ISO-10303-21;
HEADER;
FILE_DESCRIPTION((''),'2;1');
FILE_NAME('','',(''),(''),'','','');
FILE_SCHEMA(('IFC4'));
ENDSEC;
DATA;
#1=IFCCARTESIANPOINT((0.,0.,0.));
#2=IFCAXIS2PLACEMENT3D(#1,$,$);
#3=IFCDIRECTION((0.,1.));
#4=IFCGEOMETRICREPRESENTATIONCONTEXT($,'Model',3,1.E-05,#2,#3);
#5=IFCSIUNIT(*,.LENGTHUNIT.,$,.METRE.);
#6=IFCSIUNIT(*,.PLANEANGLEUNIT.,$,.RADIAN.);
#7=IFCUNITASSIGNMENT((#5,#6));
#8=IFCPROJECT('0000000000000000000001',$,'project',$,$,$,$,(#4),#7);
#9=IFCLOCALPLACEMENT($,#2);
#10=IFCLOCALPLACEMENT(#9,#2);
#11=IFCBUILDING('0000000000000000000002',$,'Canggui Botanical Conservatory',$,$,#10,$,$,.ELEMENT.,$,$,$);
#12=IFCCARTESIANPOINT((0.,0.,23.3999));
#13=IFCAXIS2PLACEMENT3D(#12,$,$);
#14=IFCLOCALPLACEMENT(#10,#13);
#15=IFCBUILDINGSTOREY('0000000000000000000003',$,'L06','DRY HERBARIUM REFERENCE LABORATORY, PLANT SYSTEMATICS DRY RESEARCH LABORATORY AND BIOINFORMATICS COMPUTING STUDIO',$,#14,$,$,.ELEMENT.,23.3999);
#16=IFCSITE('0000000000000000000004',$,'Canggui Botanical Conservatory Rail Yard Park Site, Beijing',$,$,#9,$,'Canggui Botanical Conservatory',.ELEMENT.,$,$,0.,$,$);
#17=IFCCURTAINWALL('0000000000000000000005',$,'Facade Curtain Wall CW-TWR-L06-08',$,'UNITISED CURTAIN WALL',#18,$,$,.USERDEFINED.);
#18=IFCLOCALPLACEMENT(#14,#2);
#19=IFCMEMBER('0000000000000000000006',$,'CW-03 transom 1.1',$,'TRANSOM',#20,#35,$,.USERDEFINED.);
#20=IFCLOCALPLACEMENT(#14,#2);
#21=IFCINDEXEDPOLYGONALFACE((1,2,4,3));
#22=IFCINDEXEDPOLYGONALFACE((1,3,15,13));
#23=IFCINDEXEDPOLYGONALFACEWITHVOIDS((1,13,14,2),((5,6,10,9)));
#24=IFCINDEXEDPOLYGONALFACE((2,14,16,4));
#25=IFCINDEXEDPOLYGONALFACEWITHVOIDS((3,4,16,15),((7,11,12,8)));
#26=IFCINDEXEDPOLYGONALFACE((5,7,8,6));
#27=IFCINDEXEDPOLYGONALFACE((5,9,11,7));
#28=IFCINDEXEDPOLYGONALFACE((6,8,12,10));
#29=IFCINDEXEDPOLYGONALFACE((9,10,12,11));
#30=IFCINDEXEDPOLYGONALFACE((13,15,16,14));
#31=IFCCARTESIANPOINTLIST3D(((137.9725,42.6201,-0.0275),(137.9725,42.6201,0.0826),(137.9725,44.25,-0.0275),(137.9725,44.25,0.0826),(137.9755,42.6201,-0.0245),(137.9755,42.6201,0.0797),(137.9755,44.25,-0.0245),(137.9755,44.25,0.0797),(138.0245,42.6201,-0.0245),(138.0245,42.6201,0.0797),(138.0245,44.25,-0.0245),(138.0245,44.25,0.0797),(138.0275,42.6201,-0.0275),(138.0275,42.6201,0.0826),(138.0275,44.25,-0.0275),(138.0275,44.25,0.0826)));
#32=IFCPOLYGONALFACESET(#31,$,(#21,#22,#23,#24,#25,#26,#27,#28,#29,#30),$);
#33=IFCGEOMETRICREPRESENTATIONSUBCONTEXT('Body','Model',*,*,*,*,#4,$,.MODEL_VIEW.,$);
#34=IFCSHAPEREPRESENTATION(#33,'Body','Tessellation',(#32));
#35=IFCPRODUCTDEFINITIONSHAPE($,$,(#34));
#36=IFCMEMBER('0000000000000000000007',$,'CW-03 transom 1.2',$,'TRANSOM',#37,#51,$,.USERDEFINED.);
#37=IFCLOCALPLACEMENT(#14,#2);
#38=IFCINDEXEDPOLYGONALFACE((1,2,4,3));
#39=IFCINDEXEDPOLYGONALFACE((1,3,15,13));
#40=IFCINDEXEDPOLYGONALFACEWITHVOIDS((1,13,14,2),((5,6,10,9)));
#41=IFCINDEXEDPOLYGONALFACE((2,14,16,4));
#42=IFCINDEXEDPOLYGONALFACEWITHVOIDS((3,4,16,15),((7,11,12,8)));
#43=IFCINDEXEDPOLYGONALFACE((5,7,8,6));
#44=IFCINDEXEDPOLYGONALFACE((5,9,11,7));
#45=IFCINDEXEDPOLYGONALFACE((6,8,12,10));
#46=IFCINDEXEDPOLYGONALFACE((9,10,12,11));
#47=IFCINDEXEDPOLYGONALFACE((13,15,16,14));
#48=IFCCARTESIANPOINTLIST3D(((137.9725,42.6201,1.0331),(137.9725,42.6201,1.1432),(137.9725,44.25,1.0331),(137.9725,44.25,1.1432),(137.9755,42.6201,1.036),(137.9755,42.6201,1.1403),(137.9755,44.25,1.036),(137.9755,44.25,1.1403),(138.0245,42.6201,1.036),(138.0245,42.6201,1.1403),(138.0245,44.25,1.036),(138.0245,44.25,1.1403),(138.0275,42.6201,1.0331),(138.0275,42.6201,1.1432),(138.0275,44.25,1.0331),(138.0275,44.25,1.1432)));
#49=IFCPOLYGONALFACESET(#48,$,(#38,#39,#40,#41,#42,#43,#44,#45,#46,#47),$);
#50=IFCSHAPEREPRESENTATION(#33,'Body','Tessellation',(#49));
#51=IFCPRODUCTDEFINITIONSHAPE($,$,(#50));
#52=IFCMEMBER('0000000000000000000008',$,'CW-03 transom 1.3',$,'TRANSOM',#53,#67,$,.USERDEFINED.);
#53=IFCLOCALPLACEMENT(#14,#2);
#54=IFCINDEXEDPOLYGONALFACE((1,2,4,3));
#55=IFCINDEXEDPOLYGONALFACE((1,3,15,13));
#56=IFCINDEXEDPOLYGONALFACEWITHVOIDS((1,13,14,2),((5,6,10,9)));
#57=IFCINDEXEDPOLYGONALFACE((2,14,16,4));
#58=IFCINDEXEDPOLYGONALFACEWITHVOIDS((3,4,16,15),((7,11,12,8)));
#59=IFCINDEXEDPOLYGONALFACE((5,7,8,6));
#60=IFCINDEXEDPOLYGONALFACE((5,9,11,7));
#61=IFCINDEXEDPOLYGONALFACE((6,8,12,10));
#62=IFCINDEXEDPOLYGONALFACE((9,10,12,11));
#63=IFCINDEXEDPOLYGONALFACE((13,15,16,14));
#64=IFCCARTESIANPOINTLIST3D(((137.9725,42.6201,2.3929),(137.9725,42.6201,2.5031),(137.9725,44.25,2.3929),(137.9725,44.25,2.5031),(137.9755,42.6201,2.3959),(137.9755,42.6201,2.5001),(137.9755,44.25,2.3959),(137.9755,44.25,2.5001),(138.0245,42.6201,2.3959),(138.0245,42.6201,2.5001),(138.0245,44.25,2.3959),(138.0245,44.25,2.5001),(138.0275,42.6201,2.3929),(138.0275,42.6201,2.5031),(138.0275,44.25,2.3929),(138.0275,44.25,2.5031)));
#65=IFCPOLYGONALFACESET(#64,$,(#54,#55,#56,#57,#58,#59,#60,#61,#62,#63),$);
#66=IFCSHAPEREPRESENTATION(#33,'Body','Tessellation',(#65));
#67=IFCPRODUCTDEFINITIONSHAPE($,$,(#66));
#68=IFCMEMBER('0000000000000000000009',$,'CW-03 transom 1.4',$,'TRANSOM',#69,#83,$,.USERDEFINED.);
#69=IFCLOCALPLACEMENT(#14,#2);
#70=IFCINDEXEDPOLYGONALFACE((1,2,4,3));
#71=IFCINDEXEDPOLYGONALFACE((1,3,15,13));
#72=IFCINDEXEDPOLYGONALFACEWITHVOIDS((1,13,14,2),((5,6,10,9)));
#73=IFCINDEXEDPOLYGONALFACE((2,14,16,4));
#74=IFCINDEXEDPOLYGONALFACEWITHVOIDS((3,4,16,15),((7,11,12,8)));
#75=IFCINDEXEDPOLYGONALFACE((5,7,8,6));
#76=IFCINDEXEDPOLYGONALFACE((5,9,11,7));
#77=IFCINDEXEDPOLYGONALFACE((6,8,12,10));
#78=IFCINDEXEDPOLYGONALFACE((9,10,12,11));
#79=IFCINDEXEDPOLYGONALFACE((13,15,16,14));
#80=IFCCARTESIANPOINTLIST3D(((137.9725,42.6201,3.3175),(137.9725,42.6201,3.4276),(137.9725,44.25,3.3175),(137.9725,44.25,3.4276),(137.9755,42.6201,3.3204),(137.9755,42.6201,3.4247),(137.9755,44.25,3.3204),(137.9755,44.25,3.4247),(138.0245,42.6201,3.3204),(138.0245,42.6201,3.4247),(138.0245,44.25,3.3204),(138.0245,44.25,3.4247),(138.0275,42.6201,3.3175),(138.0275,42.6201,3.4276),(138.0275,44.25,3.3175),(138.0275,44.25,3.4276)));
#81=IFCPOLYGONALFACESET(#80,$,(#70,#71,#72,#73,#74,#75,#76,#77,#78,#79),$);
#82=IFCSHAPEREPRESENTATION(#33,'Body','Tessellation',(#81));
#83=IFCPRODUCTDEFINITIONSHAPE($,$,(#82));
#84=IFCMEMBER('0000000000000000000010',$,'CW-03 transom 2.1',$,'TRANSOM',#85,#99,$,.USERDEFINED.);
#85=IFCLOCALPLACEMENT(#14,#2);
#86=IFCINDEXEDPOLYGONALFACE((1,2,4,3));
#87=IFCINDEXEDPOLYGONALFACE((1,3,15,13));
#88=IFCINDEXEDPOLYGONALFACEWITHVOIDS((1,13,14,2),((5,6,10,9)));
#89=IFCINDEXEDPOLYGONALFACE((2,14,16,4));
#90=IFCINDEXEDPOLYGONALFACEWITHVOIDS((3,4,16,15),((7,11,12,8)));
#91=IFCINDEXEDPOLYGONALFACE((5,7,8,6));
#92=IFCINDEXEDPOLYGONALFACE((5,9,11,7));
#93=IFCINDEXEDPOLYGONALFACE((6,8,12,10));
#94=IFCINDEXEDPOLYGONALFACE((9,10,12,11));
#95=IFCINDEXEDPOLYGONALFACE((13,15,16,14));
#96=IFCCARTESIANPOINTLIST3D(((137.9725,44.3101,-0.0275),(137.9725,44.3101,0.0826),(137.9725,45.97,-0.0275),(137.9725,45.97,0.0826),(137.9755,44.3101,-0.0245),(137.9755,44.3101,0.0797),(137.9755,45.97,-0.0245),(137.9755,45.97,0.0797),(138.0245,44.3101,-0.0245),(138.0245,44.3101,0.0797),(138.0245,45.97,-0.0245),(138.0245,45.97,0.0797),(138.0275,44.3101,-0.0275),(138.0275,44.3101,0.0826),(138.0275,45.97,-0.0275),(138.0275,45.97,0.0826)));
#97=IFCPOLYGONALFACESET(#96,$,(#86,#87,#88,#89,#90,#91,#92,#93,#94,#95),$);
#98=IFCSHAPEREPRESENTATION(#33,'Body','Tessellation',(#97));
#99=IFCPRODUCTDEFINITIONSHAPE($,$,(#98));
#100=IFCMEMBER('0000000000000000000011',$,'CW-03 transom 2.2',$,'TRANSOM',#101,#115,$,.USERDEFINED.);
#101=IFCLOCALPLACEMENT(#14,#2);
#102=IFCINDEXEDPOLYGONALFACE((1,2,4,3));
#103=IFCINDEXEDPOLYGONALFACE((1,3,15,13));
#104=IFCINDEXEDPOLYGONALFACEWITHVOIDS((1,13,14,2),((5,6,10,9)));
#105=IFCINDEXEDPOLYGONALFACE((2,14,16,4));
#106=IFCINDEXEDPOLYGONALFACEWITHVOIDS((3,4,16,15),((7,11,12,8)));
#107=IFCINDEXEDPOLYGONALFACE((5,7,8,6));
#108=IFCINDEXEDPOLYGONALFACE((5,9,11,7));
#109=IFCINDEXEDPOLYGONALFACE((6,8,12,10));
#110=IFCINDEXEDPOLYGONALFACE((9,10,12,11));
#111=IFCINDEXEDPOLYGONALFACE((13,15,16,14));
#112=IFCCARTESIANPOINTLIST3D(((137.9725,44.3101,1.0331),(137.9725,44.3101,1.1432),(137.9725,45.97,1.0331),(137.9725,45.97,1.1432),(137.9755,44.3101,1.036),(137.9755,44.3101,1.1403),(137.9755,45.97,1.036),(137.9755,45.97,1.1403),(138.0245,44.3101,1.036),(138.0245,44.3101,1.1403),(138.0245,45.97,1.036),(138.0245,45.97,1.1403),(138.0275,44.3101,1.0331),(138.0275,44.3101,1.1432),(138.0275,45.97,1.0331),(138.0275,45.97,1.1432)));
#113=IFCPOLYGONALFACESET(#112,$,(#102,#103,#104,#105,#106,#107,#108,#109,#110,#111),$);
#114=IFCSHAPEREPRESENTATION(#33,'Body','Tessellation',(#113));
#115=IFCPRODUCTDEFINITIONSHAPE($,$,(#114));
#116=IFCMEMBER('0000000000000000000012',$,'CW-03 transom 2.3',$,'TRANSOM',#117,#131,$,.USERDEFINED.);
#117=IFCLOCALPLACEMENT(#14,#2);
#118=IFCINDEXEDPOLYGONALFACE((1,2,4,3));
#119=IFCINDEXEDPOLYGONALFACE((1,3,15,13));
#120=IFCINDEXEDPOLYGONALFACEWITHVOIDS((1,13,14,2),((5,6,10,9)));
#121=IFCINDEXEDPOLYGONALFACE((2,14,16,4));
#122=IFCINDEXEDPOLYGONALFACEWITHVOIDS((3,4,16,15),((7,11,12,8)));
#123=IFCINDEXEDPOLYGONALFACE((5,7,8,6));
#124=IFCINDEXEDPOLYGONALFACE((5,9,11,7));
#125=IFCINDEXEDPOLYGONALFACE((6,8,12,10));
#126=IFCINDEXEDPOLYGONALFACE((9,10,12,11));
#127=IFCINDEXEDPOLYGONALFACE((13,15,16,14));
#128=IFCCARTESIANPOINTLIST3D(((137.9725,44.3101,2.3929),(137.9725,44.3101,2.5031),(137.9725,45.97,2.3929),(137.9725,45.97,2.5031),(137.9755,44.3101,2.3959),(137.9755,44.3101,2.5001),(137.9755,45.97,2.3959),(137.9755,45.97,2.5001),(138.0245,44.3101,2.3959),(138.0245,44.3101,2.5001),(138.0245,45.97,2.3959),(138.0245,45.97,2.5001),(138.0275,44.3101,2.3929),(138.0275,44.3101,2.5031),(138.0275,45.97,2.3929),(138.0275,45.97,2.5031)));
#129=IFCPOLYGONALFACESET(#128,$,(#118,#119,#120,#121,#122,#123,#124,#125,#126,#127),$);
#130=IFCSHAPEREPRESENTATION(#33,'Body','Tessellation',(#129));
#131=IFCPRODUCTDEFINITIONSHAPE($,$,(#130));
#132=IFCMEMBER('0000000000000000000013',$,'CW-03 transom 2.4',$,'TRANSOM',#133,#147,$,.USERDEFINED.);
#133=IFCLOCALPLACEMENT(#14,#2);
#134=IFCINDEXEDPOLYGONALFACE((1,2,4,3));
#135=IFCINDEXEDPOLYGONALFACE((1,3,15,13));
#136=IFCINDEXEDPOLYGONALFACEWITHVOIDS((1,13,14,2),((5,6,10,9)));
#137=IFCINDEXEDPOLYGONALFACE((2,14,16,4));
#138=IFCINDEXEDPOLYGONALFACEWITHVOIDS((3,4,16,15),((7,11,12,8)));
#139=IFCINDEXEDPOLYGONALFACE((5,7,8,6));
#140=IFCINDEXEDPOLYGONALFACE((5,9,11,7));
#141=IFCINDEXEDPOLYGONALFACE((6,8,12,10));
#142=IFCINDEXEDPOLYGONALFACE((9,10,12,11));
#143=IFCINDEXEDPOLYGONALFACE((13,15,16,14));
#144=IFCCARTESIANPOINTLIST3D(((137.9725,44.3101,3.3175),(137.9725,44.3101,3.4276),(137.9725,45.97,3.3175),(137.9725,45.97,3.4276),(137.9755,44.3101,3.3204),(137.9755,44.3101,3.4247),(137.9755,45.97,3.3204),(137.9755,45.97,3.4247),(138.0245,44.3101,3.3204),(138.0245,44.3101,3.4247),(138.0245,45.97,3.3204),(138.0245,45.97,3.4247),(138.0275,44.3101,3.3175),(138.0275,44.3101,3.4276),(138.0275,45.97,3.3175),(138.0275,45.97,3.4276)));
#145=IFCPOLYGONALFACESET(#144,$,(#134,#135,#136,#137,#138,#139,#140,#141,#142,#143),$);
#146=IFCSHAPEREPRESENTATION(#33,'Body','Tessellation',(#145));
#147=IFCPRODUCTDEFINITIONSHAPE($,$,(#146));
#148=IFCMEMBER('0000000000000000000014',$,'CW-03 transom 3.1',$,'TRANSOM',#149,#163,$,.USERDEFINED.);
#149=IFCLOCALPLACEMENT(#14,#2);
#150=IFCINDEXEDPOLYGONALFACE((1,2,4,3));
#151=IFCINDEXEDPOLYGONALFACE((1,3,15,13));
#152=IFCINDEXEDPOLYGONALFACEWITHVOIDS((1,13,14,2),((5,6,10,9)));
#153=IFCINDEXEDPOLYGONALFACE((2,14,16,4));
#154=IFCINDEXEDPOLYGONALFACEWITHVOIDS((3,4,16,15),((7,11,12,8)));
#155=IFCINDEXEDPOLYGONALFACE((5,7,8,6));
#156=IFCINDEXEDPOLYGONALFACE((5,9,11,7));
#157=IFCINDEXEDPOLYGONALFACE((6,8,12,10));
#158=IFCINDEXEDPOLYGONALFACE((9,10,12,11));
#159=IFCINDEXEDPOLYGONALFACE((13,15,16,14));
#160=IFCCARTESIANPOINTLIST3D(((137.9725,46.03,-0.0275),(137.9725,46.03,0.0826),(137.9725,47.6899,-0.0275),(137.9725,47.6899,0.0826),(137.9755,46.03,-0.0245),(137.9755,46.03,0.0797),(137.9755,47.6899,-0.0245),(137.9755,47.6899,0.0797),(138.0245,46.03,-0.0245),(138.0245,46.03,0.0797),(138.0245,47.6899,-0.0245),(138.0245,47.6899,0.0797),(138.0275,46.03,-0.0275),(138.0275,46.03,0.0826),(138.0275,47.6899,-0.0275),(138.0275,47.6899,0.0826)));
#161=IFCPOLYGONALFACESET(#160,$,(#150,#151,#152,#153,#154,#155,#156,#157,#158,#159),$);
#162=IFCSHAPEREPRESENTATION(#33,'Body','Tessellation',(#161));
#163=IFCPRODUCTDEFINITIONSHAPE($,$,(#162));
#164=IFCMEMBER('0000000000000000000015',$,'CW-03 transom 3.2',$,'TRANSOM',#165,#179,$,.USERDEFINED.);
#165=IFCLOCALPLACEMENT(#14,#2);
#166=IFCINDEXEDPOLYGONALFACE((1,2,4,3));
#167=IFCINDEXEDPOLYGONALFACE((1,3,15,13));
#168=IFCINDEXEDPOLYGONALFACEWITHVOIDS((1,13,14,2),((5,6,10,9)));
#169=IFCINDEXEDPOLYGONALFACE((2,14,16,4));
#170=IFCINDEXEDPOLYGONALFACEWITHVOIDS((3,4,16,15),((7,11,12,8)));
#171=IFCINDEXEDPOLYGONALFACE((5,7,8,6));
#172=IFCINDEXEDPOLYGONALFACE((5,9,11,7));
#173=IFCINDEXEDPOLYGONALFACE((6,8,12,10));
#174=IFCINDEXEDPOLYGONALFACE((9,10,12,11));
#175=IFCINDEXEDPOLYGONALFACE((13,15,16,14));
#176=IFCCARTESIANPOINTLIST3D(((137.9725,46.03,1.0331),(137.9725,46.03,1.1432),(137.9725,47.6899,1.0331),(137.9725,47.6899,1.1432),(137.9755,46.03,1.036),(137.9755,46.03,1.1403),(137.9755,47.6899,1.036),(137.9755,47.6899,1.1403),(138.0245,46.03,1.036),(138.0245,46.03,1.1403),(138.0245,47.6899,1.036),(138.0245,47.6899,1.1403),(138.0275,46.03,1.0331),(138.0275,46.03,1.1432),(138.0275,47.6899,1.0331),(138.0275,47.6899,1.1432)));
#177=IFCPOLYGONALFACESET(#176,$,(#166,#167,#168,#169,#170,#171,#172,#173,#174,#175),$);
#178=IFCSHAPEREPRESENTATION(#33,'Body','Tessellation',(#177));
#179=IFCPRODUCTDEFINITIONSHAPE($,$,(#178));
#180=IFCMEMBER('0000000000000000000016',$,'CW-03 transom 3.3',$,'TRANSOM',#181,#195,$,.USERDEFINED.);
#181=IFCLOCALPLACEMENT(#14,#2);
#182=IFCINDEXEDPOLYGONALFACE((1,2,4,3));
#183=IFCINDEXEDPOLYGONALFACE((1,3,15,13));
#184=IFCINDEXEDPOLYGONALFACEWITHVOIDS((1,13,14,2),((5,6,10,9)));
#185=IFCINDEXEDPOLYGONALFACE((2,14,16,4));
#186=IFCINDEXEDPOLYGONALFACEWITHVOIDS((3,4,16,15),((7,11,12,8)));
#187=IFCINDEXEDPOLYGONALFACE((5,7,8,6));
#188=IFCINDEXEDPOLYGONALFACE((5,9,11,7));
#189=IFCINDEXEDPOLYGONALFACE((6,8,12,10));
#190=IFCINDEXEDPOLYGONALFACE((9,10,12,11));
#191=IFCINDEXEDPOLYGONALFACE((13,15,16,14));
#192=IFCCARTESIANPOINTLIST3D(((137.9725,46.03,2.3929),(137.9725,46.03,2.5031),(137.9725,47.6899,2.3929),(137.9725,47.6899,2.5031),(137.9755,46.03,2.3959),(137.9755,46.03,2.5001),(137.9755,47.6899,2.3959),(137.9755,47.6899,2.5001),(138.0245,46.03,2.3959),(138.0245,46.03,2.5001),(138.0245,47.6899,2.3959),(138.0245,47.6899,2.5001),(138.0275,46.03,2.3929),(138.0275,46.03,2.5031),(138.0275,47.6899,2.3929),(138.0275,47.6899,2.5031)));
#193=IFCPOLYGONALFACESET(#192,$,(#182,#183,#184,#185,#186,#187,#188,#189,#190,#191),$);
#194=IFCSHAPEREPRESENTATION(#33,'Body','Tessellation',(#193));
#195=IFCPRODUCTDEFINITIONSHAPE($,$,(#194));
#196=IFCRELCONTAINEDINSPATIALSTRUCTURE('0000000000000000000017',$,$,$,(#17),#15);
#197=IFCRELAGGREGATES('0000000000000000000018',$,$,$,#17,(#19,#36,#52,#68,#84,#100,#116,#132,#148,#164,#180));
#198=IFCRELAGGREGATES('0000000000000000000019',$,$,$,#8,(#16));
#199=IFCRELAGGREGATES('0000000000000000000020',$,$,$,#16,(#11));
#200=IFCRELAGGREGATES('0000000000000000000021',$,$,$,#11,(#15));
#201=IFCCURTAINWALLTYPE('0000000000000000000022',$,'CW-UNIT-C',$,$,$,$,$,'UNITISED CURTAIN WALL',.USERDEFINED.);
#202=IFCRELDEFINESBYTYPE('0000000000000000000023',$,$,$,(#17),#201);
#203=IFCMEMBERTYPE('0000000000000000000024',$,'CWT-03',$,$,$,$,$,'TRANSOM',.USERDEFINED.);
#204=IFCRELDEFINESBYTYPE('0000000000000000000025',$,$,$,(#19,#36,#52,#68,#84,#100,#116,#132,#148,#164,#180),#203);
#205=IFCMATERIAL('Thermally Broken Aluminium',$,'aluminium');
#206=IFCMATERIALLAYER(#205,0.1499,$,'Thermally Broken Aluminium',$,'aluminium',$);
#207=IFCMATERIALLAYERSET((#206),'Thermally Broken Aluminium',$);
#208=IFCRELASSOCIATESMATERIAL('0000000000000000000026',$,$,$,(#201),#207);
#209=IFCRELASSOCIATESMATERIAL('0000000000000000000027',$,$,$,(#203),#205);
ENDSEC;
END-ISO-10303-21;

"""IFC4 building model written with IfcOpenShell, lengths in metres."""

from ifc_helpers import new_model, si_unit, direction, frame, origin, origin_2d, place, context, subcontext, project, spatial, hollow_rectangle, extrude, material, layer, layer_set, material_profile, profile_set, type_object, element, aggregate, save


model = new_model("IFC4")

# Units and contexts
model_context = context("Model", 3, precision=1e-05, world=origin(), true_north=direction((0.0, 1.0)))
body_context = subcontext(model_context, "Body", "Model", "MODEL_VIEW")
ifc_project = project(units=[si_unit("LENGTHUNIT", "METRE"), si_unit("PLANEANGLEUNIT", "RADIAN")], contexts=[model_context])

# Site, building, storey
site_placement = place(None, origin())
site = spatial("IfcSite", under=ifc_project, at=site_placement, Name="Canggui Botanical Conservatory Rail Yard Park Site, Beijing", LongName="Canggui Botanical Conservatory", CompositionType="ELEMENT", RefElevation=0.0)
building_placement = place(site_placement, origin())
building = spatial("IfcBuilding", under=site, at=building_placement, Name="Canggui Botanical Conservatory", CompositionType="ELEMENT")
storey_placement = place(building_placement, frame((0.0, 0.0, 23.3999)))
storey = spatial("IfcBuildingStorey", under=building, at=storey_placement, Name="L06", Description="DRY HERBARIUM REFERENCE LABORATORY, PLANT SYSTEMATICS DRY RESEARCH LABORATORY AND BIOINFORMATICS COMPUTING STUDIO", CompositionType="ELEMENT", Elevation=23.3999)

# Curtain wall
ifc_material_1 = material(Name="Thermally Broken Aluminium", Category="aluminium")
ifc_layer_1 = layer(ifc_material_1, 0.1499, Name="Thermally Broken Aluminium", Category="aluminium")
ifc_layer_set_1 = layer_set([ifc_layer_1], Name="Thermally Broken Aluminium")
curtain_wall_type = type_object("IfcCurtainWallType", Name="CW-UNIT-C", ElementType="UNITISED CURTAIN WALL", PredefinedType="USERDEFINED", material=ifc_layer_set_1)
curtain_wall_1_placement = place(storey_placement, origin())
curtain_wall_1 = element("IfcCurtainWall", 1, at=curtain_wall_1_placement, inside=storey, type_object=curtain_wall_type, Name="Facade Curtain Wall CW-TWR-L06-08", ObjectType="UNITISED CURTAIN WALL", PredefinedType="USERDEFINED")
ifc_material_profile_1 = material_profile(ifc_material_1, hollow_rectangle(XDim=0.0549, YDim=0.1101, WallThickness=0.0029, at=origin_2d()), Name="CWT 55x110x3")
ifc_profile_set_1 = profile_set([ifc_material_profile_1], Name="Thermally Broken Aluminium")
member_type_1 = type_object("IfcMemberType", Name="CWT-03", ElementType="TRANSOM", PredefinedType="USERDEFINED", material=ifc_profile_set_1)

# Members
member_1_placement = place(storey_placement, frame((138.0, 42.6201, 0.0276), z_axis=(0.0, 1.0, 0.0), x_axis=(-1.0, 0.0, 0.0)))
member_1 = element("IfcMember", 2, at=member_1_placement, type_object=member_type_1, Name="CW-03 transom 1.1", ObjectType="TRANSOM", PredefinedType="USERDEFINED", context=body_context, shape_type="SweptSolid", body=[
    extrude(hollow_rectangle(XDim=0.0549, YDim=0.1101, WallThickness=0.0029, at=origin_2d()), origin(), (0.0, 0.0, 1.0), 1.6299),
])
member_2_placement = place(storey_placement, frame((138.0, 42.6201, 1.0881), z_axis=(0.0, 1.0, 0.0), x_axis=(-1.0, 0.0, 0.0)))
member_2 = element("IfcMember", 3, at=member_2_placement, type_object=member_type_1, Name="CW-03 transom 1.2", ObjectType="TRANSOM", PredefinedType="USERDEFINED", context=body_context, shape_type="SweptSolid", body=[
    extrude(hollow_rectangle(XDim=0.0549, YDim=0.1101, WallThickness=0.0029, at=origin_2d()), origin(), (0.0, 0.0, 1.0), 1.6299),
])
member_3_placement = place(storey_placement, frame((138.0, 42.6201, 2.448), z_axis=(0.0, 1.0, 0.0), x_axis=(-1.0, 0.0, 0.0)))
member_3 = element("IfcMember", 4, at=member_3_placement, type_object=member_type_1, Name="CW-03 transom 1.3", ObjectType="TRANSOM", PredefinedType="USERDEFINED", context=body_context, shape_type="SweptSolid", body=[
    extrude(hollow_rectangle(XDim=0.0549, YDim=0.1101, WallThickness=0.0029, at=origin_2d()), origin(), (0.0, 0.0, 1.0), 1.6299),
])
member_4_placement = place(storey_placement, frame((138.0, 42.6201, 3.3726), z_axis=(0.0, 1.0, 0.0), x_axis=(-1.0, 0.0, 0.0)))
member_4 = element("IfcMember", 5, at=member_4_placement, type_object=member_type_1, Name="CW-03 transom 1.4", ObjectType="TRANSOM", PredefinedType="USERDEFINED", context=body_context, shape_type="SweptSolid", body=[
    extrude(hollow_rectangle(XDim=0.0549, YDim=0.1101, WallThickness=0.0029, at=origin_2d()), origin(), (0.0, 0.0, 1.0), 1.6299),
])
member_5_placement = place(storey_placement, frame((138.0, 44.3101, 0.0276), z_axis=(0.0, 1.0, 0.0), x_axis=(-1.0, 0.0, 0.0)))
member_5 = element("IfcMember", 6, at=member_5_placement, type_object=member_type_1, Name="CW-03 transom 2.1", ObjectType="TRANSOM", PredefinedType="USERDEFINED", context=body_context, shape_type="SweptSolid", body=[
    extrude(hollow_rectangle(XDim=0.0549, YDim=0.1101, WallThickness=0.0029, at=origin_2d()), origin(), (0.0, 0.0, 1.0), 1.6599),
])
member_6_placement = place(storey_placement, frame((138.0, 44.3101, 1.0881), z_axis=(0.0, 1.0, 0.0), x_axis=(-1.0, 0.0, 0.0)))
member_6 = element("IfcMember", 7, at=member_6_placement, type_object=member_type_1, Name="CW-03 transom 2.2", ObjectType="TRANSOM", PredefinedType="USERDEFINED", context=body_context, shape_type="SweptSolid", body=[
    extrude(hollow_rectangle(XDim=0.0549, YDim=0.1101, WallThickness=0.0029, at=origin_2d()), origin(), (0.0, 0.0, 1.0), 1.6599),
])
member_7_placement = place(storey_placement, frame((138.0, 44.3101, 2.448), z_axis=(0.0, 1.0, 0.0), x_axis=(-1.0, 0.0, 0.0)))
member_7 = element("IfcMember", 8, at=member_7_placement, type_object=member_type_1, Name="CW-03 transom 2.3", ObjectType="TRANSOM", PredefinedType="USERDEFINED", context=body_context, shape_type="SweptSolid", body=[
    extrude(hollow_rectangle(XDim=0.0549, YDim=0.1101, WallThickness=0.0029, at=origin_2d()), origin(), (0.0, 0.0, 1.0), 1.6599),
])
member_8_placement = place(storey_placement, frame((138.0, 44.3101, 3.3726), z_axis=(0.0, 1.0, 0.0), x_axis=(-1.0, 0.0, 0.0)))
member_8 = element("IfcMember", 9, at=member_8_placement, type_object=member_type_1, Name="CW-03 transom 2.4", ObjectType="TRANSOM", PredefinedType="USERDEFINED", context=body_context, shape_type="SweptSolid", body=[
    extrude(hollow_rectangle(XDim=0.0549, YDim=0.1101, WallThickness=0.0029, at=origin_2d()), origin(), (0.0, 0.0, 1.0), 1.6599),
])
member_9_placement = place(storey_placement, frame((138.0, 46.03, 0.0276), z_axis=(0.0, 1.0, 0.0), x_axis=(-1.0, 0.0, 0.0)))
member_9 = element("IfcMember", 10, at=member_9_placement, type_object=member_type_1, Name="CW-03 transom 3.1", ObjectType="TRANSOM", PredefinedType="USERDEFINED", context=body_context, shape_type="SweptSolid", body=[
    extrude(hollow_rectangle(XDim=0.0549, YDim=0.1101, WallThickness=0.0029, at=origin_2d()), origin(), (0.0, 0.0, 1.0), 1.6599),
])
member_10_placement = place(storey_placement, frame((138.0, 46.03, 1.0881), z_axis=(0.0, 1.0, 0.0), x_axis=(-1.0, 0.0, 0.0)))
member_10 = element("IfcMember", 11, at=member_10_placement, type_object=member_type_1, Name="CW-03 transom 3.2", ObjectType="TRANSOM", PredefinedType="USERDEFINED", context=body_context, shape_type="SweptSolid", body=[
    extrude(hollow_rectangle(XDim=0.0549, YDim=0.1101, WallThickness=0.0029, at=origin_2d()), origin(), (0.0, 0.0, 1.0), 1.6599),
])
member_11_placement = place(storey_placement, frame((138.0, 46.03, 2.448), z_axis=(0.0, 1.0, 0.0), x_axis=(-1.0, 0.0, 0.0)))
member_11 = element("IfcMember", 12, at=member_11_placement, type_object=member_type_1, Name="CW-03 transom 3.3", ObjectType="TRANSOM", PredefinedType="USERDEFINED", context=body_context, shape_type="SweptSolid", body=[
    extrude(hollow_rectangle(XDim=0.0549, YDim=0.1101, WallThickness=0.0029, at=origin_2d()), origin(), (0.0, 0.0, 1.0), 1.6599),
])

aggregate(curtain_wall_1, [member_1, member_2, member_3, member_4, member_5, member_6, member_7, member_8, member_9, member_10, member_11])

save(model, "model.ifc")
